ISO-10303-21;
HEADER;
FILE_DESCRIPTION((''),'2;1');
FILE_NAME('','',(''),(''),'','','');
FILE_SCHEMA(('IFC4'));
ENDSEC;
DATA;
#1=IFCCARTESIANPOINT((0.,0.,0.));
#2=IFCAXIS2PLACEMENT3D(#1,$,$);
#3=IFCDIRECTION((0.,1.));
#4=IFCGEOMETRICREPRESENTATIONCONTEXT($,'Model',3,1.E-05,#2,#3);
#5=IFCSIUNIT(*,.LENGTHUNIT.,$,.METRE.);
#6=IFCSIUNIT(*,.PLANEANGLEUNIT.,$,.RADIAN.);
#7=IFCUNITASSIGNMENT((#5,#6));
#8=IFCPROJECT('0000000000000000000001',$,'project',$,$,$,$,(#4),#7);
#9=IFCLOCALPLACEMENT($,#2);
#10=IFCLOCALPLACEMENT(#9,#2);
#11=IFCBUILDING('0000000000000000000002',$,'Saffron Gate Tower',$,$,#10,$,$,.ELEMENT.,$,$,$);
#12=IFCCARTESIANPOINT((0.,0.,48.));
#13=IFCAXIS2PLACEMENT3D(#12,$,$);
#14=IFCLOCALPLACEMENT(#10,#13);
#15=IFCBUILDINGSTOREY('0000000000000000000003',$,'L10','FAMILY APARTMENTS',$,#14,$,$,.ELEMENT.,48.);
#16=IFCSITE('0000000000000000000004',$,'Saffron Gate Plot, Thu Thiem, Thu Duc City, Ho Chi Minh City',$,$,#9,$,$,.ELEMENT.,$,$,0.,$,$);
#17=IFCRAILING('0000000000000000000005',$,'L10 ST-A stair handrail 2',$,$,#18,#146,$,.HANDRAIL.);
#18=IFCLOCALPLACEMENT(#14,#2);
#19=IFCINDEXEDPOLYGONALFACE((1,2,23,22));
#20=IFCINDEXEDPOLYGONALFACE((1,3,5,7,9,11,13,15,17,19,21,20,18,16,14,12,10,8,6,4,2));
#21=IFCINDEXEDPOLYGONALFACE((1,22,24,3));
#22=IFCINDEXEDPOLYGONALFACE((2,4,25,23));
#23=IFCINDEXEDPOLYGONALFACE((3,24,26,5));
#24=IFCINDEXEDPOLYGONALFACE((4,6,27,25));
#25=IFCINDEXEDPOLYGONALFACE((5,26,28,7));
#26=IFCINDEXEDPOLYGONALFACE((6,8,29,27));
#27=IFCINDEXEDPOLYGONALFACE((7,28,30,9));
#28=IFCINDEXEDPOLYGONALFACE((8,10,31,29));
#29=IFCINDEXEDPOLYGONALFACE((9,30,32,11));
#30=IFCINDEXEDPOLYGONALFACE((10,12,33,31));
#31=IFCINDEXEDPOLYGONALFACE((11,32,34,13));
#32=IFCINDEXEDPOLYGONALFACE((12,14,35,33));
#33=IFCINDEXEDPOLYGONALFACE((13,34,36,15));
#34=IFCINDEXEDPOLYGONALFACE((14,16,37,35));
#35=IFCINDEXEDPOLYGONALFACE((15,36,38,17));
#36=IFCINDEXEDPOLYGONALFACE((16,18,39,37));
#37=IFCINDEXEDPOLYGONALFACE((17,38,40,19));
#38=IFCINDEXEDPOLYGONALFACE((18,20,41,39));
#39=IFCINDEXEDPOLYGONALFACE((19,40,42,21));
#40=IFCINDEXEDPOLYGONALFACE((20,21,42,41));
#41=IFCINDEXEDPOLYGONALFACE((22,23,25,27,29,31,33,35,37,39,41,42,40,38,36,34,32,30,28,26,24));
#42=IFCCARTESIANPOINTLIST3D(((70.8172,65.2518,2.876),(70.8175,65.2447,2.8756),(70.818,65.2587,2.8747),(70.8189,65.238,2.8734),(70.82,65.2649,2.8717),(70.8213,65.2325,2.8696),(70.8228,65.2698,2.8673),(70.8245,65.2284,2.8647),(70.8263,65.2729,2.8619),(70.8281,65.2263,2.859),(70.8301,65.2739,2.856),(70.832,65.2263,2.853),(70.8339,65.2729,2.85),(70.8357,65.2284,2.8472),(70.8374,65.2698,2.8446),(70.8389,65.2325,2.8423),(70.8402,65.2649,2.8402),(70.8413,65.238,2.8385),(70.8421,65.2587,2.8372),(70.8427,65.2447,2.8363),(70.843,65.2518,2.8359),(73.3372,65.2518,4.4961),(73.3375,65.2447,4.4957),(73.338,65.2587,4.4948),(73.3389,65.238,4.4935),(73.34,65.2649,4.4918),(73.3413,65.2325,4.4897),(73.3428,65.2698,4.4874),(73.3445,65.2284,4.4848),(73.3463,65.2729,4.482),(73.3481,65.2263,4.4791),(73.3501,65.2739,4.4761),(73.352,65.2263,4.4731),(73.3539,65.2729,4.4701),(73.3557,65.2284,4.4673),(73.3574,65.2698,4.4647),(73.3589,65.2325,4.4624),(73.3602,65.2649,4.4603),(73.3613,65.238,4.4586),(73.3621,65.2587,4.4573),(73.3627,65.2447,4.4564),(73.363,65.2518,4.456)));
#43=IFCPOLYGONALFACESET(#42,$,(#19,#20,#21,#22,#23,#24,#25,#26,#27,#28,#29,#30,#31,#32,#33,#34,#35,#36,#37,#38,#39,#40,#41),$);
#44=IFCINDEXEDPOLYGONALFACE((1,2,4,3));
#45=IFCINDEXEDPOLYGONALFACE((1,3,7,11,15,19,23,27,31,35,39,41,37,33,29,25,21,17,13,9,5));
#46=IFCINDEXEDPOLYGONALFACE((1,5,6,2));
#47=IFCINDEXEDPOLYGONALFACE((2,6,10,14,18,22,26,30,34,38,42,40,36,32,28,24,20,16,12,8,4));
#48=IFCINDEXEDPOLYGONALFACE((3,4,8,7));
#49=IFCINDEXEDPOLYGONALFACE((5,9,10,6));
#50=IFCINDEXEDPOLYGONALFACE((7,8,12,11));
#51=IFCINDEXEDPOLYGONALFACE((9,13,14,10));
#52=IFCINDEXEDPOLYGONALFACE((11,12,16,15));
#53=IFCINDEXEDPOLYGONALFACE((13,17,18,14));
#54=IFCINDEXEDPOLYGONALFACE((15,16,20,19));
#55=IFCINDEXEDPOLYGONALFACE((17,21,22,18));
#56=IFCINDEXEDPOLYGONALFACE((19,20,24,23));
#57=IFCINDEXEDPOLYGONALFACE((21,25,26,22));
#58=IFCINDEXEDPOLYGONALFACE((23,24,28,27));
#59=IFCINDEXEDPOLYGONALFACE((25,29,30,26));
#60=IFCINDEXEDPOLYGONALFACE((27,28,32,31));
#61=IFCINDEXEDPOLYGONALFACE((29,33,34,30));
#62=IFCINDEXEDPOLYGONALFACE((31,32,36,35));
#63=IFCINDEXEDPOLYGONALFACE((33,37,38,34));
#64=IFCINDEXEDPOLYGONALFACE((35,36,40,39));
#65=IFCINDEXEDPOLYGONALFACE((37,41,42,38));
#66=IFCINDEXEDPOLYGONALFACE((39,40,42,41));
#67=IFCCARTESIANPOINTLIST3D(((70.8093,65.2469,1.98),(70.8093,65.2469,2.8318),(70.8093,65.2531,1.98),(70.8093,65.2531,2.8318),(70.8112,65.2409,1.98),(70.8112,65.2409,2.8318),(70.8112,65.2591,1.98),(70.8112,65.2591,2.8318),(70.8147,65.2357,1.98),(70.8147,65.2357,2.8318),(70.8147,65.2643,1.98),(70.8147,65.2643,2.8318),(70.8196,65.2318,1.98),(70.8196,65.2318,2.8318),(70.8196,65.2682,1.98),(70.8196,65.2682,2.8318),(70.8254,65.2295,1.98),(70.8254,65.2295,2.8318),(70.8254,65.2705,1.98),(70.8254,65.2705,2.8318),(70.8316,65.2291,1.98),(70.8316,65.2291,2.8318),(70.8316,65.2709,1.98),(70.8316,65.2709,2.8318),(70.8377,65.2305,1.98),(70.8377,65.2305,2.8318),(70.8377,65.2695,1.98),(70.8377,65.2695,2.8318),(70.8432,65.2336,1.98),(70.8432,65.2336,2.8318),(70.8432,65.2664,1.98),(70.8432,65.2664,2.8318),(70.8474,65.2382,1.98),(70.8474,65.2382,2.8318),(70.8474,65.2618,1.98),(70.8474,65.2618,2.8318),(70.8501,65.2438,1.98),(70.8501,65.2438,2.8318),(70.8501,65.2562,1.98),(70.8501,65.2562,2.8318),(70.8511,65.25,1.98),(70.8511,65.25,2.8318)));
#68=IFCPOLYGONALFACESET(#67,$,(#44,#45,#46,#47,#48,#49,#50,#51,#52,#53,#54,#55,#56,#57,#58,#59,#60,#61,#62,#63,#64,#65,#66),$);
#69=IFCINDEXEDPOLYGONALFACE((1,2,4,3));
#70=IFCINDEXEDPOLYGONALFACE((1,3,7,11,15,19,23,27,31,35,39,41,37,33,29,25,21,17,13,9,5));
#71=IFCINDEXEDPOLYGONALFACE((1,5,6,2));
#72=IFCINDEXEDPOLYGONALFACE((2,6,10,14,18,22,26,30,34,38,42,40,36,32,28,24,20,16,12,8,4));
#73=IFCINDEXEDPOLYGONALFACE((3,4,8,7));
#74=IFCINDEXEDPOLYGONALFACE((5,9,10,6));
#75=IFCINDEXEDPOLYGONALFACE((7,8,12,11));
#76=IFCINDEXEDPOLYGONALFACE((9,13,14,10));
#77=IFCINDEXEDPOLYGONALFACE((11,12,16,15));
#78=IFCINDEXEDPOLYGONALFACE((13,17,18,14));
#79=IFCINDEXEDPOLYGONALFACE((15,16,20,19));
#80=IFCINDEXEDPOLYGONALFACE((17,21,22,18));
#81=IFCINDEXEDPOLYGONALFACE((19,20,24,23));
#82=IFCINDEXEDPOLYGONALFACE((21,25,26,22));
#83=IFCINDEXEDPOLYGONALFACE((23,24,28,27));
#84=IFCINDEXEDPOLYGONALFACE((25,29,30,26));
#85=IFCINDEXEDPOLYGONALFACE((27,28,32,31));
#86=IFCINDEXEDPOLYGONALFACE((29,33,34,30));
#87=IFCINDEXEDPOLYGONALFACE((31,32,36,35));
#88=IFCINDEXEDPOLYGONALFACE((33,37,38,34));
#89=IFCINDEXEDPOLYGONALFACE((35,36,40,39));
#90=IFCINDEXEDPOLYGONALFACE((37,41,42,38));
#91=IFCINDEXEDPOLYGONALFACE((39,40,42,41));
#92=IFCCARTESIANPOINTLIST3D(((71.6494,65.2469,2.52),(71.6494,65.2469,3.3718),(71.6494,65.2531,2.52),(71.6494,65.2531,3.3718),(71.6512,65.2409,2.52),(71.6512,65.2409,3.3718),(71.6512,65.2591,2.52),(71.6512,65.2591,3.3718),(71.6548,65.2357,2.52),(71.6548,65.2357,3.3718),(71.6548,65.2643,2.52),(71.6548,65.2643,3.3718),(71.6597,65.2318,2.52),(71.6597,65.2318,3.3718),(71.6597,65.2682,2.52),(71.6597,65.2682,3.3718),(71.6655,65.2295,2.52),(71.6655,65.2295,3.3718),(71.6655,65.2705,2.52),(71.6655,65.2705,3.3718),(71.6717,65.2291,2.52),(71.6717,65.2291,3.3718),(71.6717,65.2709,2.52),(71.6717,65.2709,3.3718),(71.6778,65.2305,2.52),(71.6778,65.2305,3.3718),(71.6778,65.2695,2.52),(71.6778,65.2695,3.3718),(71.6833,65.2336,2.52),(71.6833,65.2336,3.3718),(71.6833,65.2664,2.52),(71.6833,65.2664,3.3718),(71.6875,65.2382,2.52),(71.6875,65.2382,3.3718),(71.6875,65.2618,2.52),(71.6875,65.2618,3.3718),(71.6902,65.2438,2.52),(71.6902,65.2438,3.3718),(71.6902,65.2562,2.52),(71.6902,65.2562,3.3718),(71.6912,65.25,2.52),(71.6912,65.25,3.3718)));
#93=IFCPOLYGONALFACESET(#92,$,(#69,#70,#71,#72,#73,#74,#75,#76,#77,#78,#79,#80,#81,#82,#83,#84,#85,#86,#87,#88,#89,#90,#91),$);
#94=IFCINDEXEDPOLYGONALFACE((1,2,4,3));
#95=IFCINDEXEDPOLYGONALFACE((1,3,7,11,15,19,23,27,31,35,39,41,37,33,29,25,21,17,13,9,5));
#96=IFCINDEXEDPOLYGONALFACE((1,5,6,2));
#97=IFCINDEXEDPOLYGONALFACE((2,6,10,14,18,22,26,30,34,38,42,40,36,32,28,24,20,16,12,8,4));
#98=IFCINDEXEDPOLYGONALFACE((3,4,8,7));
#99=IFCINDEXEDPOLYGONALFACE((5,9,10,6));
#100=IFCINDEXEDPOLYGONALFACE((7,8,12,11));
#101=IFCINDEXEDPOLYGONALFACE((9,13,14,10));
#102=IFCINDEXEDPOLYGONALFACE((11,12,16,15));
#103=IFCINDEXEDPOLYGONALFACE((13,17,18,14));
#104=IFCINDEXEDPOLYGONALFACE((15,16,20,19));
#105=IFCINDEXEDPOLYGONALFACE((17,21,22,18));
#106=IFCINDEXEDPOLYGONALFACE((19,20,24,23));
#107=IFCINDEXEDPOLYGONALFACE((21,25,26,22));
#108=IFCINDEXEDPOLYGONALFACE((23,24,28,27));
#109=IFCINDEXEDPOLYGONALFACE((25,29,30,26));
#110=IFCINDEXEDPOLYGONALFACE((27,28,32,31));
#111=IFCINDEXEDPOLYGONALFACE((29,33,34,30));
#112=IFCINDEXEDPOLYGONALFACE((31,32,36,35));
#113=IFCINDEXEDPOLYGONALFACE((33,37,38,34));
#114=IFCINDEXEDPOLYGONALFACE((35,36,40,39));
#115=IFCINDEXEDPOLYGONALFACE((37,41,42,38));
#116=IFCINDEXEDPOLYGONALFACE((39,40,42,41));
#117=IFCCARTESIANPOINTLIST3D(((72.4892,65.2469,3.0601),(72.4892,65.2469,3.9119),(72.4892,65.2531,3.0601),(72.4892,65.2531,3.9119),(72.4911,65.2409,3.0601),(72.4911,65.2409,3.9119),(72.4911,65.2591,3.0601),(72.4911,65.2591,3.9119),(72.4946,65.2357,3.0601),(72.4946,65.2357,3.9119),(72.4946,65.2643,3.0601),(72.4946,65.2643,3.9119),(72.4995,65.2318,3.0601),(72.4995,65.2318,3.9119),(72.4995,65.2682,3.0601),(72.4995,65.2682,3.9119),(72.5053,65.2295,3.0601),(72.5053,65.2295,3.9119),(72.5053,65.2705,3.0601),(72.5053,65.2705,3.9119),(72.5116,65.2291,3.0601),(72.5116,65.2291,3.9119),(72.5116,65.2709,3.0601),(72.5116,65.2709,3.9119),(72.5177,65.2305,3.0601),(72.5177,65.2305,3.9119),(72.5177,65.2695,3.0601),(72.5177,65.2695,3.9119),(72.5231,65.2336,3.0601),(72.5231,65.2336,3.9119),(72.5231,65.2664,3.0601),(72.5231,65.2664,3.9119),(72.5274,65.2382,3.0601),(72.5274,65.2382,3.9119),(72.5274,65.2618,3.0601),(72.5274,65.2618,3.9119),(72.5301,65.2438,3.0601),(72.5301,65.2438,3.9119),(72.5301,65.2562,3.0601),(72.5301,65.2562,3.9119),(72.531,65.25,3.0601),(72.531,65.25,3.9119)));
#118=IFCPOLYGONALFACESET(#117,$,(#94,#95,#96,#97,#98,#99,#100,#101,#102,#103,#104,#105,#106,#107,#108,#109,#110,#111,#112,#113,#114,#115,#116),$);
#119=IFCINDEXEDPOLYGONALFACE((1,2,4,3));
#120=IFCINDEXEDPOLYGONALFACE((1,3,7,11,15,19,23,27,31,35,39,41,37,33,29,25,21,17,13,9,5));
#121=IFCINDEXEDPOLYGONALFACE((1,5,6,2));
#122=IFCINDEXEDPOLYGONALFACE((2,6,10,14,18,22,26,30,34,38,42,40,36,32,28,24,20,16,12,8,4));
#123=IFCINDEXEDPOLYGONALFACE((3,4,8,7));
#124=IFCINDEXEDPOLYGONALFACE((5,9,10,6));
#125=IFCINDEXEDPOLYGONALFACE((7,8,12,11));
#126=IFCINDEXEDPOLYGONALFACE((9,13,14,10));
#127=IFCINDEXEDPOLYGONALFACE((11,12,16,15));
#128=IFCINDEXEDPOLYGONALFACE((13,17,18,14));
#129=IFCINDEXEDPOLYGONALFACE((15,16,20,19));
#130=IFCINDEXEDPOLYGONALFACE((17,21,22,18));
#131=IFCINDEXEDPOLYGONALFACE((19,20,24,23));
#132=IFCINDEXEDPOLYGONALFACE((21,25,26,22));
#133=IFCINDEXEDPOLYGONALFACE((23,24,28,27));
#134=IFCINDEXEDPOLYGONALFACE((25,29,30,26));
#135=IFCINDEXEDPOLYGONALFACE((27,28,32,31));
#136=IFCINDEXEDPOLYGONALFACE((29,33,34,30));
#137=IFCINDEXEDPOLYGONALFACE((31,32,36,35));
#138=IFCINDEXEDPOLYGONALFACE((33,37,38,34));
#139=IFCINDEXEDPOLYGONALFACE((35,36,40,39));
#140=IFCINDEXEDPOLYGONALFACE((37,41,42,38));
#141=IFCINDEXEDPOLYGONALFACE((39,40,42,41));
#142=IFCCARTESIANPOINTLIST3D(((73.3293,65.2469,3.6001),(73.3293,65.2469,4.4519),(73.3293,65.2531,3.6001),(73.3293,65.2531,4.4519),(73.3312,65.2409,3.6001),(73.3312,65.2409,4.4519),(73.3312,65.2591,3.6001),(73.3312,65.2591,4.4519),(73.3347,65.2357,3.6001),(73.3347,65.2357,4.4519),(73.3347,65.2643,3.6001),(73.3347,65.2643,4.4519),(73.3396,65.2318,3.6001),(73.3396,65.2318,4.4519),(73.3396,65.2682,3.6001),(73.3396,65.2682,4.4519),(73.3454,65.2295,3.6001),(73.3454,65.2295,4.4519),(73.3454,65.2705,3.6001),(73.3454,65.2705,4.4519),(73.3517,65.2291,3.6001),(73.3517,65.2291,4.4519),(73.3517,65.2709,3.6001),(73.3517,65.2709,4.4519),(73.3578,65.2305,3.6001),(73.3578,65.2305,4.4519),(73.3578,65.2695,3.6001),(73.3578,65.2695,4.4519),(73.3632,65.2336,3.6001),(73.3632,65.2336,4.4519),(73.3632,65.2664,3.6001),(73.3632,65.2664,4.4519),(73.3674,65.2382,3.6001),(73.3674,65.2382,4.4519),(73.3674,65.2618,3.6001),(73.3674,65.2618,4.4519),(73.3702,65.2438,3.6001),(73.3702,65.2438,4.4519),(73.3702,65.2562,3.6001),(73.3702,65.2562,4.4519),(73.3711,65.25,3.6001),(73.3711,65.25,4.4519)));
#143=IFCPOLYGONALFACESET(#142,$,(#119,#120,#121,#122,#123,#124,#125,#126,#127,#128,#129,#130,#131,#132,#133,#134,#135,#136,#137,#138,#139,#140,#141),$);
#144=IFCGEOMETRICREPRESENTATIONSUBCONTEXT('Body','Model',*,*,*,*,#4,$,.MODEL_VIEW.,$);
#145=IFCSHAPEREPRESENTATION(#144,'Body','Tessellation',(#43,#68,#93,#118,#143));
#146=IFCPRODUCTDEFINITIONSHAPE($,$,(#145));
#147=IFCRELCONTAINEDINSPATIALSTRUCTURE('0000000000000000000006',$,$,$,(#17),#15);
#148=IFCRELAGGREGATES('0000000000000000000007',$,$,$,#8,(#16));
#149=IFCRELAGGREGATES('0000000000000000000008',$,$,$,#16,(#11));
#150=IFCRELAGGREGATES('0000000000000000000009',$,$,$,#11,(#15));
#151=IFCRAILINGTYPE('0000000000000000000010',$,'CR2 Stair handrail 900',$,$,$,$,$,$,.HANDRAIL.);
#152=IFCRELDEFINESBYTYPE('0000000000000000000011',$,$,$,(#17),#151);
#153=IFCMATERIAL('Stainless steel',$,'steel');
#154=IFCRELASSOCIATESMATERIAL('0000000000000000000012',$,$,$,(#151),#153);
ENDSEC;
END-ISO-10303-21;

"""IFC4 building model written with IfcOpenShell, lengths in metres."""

from ifc_helpers import new_model, si_unit, direction, frame, origin, origin_2d, place, context, subcontext, project, spatial, circle, extrude, material, type_object, element, save


model = new_model("IFC4")

# Units and contexts
model_context = context("Model", 3, precision=1e-05, world=origin(), true_north=direction((0.0, 1.0)))
body_context = subcontext(model_context, "Body", "Model", "MODEL_VIEW")
ifc_project = project(units=[si_unit("LENGTHUNIT", "METRE"), si_unit("PLANEANGLEUNIT", "RADIAN")], contexts=[model_context])

# Site, building, storey
site_placement = place(None, origin())
site = spatial("IfcSite", under=ifc_project, at=site_placement, Name="Saffron Gate Plot, Thu Thiem, Thu Duc City, Ho Chi Minh City", CompositionType="ELEMENT", RefElevation=0.0)
building_placement = place(site_placement, origin())
building = spatial("IfcBuilding", under=site, at=building_placement, Name="Saffron Gate Tower", CompositionType="ELEMENT")
storey_placement = place(building_placement, frame((0.0, 0.0, 48.0)))
storey = spatial("IfcBuildingStorey", under=building, at=storey_placement, Name="L10", Description="FAMILY APARTMENTS", CompositionType="ELEMENT", Elevation=48.0)

# Railing
ifc_material_1 = material(Name="Stainless steel", Category="steel")
railing_type_1 = type_object("IfcRailingType", Name="CR2 Stair handrail 900", PredefinedType="HANDRAIL", material=ifc_material_1)
railing_1_placement = place(storey_placement, frame((70.8301, 65.25, 1.98)))
element("IfcRailing", 1, at=railing_1_placement, inside=storey, type_object=railing_type_1, Name="L10 ST-A stair handrail 2", PredefinedType="HANDRAIL", context=body_context, shape_type="SweptSolid", body=[
    extrude(circle(Radius=0.0239, at=origin_2d()), frame((0.0, 0.0, 0.876), z_axis=(0.841163, 0.0, 0.540782), x_axis=(0.0, 1.0, 0.0)), (0.0, 0.0, 1.0), 2.9958),
    extrude(circle(Radius=0.021, at=origin_2d()), origin(), (0.0, 0.0, 1.0), 0.8518),
    extrude(circle(Radius=0.021, at=origin_2d()), frame((0.8401, 0.0, 0.54)), (0.0, 0.0, 1.0), 0.8518),
    extrude(circle(Radius=0.021, at=origin_2d()), frame((1.6799, 0.0, 1.0801)), (0.0, 0.0, 1.0), 0.8518),
    extrude(circle(Radius=0.021, at=origin_2d()), frame((2.52, 0.0, 1.6201)), (0.0, 0.0, 1.0), 0.8518),
])

save(model, "model.ifc")
